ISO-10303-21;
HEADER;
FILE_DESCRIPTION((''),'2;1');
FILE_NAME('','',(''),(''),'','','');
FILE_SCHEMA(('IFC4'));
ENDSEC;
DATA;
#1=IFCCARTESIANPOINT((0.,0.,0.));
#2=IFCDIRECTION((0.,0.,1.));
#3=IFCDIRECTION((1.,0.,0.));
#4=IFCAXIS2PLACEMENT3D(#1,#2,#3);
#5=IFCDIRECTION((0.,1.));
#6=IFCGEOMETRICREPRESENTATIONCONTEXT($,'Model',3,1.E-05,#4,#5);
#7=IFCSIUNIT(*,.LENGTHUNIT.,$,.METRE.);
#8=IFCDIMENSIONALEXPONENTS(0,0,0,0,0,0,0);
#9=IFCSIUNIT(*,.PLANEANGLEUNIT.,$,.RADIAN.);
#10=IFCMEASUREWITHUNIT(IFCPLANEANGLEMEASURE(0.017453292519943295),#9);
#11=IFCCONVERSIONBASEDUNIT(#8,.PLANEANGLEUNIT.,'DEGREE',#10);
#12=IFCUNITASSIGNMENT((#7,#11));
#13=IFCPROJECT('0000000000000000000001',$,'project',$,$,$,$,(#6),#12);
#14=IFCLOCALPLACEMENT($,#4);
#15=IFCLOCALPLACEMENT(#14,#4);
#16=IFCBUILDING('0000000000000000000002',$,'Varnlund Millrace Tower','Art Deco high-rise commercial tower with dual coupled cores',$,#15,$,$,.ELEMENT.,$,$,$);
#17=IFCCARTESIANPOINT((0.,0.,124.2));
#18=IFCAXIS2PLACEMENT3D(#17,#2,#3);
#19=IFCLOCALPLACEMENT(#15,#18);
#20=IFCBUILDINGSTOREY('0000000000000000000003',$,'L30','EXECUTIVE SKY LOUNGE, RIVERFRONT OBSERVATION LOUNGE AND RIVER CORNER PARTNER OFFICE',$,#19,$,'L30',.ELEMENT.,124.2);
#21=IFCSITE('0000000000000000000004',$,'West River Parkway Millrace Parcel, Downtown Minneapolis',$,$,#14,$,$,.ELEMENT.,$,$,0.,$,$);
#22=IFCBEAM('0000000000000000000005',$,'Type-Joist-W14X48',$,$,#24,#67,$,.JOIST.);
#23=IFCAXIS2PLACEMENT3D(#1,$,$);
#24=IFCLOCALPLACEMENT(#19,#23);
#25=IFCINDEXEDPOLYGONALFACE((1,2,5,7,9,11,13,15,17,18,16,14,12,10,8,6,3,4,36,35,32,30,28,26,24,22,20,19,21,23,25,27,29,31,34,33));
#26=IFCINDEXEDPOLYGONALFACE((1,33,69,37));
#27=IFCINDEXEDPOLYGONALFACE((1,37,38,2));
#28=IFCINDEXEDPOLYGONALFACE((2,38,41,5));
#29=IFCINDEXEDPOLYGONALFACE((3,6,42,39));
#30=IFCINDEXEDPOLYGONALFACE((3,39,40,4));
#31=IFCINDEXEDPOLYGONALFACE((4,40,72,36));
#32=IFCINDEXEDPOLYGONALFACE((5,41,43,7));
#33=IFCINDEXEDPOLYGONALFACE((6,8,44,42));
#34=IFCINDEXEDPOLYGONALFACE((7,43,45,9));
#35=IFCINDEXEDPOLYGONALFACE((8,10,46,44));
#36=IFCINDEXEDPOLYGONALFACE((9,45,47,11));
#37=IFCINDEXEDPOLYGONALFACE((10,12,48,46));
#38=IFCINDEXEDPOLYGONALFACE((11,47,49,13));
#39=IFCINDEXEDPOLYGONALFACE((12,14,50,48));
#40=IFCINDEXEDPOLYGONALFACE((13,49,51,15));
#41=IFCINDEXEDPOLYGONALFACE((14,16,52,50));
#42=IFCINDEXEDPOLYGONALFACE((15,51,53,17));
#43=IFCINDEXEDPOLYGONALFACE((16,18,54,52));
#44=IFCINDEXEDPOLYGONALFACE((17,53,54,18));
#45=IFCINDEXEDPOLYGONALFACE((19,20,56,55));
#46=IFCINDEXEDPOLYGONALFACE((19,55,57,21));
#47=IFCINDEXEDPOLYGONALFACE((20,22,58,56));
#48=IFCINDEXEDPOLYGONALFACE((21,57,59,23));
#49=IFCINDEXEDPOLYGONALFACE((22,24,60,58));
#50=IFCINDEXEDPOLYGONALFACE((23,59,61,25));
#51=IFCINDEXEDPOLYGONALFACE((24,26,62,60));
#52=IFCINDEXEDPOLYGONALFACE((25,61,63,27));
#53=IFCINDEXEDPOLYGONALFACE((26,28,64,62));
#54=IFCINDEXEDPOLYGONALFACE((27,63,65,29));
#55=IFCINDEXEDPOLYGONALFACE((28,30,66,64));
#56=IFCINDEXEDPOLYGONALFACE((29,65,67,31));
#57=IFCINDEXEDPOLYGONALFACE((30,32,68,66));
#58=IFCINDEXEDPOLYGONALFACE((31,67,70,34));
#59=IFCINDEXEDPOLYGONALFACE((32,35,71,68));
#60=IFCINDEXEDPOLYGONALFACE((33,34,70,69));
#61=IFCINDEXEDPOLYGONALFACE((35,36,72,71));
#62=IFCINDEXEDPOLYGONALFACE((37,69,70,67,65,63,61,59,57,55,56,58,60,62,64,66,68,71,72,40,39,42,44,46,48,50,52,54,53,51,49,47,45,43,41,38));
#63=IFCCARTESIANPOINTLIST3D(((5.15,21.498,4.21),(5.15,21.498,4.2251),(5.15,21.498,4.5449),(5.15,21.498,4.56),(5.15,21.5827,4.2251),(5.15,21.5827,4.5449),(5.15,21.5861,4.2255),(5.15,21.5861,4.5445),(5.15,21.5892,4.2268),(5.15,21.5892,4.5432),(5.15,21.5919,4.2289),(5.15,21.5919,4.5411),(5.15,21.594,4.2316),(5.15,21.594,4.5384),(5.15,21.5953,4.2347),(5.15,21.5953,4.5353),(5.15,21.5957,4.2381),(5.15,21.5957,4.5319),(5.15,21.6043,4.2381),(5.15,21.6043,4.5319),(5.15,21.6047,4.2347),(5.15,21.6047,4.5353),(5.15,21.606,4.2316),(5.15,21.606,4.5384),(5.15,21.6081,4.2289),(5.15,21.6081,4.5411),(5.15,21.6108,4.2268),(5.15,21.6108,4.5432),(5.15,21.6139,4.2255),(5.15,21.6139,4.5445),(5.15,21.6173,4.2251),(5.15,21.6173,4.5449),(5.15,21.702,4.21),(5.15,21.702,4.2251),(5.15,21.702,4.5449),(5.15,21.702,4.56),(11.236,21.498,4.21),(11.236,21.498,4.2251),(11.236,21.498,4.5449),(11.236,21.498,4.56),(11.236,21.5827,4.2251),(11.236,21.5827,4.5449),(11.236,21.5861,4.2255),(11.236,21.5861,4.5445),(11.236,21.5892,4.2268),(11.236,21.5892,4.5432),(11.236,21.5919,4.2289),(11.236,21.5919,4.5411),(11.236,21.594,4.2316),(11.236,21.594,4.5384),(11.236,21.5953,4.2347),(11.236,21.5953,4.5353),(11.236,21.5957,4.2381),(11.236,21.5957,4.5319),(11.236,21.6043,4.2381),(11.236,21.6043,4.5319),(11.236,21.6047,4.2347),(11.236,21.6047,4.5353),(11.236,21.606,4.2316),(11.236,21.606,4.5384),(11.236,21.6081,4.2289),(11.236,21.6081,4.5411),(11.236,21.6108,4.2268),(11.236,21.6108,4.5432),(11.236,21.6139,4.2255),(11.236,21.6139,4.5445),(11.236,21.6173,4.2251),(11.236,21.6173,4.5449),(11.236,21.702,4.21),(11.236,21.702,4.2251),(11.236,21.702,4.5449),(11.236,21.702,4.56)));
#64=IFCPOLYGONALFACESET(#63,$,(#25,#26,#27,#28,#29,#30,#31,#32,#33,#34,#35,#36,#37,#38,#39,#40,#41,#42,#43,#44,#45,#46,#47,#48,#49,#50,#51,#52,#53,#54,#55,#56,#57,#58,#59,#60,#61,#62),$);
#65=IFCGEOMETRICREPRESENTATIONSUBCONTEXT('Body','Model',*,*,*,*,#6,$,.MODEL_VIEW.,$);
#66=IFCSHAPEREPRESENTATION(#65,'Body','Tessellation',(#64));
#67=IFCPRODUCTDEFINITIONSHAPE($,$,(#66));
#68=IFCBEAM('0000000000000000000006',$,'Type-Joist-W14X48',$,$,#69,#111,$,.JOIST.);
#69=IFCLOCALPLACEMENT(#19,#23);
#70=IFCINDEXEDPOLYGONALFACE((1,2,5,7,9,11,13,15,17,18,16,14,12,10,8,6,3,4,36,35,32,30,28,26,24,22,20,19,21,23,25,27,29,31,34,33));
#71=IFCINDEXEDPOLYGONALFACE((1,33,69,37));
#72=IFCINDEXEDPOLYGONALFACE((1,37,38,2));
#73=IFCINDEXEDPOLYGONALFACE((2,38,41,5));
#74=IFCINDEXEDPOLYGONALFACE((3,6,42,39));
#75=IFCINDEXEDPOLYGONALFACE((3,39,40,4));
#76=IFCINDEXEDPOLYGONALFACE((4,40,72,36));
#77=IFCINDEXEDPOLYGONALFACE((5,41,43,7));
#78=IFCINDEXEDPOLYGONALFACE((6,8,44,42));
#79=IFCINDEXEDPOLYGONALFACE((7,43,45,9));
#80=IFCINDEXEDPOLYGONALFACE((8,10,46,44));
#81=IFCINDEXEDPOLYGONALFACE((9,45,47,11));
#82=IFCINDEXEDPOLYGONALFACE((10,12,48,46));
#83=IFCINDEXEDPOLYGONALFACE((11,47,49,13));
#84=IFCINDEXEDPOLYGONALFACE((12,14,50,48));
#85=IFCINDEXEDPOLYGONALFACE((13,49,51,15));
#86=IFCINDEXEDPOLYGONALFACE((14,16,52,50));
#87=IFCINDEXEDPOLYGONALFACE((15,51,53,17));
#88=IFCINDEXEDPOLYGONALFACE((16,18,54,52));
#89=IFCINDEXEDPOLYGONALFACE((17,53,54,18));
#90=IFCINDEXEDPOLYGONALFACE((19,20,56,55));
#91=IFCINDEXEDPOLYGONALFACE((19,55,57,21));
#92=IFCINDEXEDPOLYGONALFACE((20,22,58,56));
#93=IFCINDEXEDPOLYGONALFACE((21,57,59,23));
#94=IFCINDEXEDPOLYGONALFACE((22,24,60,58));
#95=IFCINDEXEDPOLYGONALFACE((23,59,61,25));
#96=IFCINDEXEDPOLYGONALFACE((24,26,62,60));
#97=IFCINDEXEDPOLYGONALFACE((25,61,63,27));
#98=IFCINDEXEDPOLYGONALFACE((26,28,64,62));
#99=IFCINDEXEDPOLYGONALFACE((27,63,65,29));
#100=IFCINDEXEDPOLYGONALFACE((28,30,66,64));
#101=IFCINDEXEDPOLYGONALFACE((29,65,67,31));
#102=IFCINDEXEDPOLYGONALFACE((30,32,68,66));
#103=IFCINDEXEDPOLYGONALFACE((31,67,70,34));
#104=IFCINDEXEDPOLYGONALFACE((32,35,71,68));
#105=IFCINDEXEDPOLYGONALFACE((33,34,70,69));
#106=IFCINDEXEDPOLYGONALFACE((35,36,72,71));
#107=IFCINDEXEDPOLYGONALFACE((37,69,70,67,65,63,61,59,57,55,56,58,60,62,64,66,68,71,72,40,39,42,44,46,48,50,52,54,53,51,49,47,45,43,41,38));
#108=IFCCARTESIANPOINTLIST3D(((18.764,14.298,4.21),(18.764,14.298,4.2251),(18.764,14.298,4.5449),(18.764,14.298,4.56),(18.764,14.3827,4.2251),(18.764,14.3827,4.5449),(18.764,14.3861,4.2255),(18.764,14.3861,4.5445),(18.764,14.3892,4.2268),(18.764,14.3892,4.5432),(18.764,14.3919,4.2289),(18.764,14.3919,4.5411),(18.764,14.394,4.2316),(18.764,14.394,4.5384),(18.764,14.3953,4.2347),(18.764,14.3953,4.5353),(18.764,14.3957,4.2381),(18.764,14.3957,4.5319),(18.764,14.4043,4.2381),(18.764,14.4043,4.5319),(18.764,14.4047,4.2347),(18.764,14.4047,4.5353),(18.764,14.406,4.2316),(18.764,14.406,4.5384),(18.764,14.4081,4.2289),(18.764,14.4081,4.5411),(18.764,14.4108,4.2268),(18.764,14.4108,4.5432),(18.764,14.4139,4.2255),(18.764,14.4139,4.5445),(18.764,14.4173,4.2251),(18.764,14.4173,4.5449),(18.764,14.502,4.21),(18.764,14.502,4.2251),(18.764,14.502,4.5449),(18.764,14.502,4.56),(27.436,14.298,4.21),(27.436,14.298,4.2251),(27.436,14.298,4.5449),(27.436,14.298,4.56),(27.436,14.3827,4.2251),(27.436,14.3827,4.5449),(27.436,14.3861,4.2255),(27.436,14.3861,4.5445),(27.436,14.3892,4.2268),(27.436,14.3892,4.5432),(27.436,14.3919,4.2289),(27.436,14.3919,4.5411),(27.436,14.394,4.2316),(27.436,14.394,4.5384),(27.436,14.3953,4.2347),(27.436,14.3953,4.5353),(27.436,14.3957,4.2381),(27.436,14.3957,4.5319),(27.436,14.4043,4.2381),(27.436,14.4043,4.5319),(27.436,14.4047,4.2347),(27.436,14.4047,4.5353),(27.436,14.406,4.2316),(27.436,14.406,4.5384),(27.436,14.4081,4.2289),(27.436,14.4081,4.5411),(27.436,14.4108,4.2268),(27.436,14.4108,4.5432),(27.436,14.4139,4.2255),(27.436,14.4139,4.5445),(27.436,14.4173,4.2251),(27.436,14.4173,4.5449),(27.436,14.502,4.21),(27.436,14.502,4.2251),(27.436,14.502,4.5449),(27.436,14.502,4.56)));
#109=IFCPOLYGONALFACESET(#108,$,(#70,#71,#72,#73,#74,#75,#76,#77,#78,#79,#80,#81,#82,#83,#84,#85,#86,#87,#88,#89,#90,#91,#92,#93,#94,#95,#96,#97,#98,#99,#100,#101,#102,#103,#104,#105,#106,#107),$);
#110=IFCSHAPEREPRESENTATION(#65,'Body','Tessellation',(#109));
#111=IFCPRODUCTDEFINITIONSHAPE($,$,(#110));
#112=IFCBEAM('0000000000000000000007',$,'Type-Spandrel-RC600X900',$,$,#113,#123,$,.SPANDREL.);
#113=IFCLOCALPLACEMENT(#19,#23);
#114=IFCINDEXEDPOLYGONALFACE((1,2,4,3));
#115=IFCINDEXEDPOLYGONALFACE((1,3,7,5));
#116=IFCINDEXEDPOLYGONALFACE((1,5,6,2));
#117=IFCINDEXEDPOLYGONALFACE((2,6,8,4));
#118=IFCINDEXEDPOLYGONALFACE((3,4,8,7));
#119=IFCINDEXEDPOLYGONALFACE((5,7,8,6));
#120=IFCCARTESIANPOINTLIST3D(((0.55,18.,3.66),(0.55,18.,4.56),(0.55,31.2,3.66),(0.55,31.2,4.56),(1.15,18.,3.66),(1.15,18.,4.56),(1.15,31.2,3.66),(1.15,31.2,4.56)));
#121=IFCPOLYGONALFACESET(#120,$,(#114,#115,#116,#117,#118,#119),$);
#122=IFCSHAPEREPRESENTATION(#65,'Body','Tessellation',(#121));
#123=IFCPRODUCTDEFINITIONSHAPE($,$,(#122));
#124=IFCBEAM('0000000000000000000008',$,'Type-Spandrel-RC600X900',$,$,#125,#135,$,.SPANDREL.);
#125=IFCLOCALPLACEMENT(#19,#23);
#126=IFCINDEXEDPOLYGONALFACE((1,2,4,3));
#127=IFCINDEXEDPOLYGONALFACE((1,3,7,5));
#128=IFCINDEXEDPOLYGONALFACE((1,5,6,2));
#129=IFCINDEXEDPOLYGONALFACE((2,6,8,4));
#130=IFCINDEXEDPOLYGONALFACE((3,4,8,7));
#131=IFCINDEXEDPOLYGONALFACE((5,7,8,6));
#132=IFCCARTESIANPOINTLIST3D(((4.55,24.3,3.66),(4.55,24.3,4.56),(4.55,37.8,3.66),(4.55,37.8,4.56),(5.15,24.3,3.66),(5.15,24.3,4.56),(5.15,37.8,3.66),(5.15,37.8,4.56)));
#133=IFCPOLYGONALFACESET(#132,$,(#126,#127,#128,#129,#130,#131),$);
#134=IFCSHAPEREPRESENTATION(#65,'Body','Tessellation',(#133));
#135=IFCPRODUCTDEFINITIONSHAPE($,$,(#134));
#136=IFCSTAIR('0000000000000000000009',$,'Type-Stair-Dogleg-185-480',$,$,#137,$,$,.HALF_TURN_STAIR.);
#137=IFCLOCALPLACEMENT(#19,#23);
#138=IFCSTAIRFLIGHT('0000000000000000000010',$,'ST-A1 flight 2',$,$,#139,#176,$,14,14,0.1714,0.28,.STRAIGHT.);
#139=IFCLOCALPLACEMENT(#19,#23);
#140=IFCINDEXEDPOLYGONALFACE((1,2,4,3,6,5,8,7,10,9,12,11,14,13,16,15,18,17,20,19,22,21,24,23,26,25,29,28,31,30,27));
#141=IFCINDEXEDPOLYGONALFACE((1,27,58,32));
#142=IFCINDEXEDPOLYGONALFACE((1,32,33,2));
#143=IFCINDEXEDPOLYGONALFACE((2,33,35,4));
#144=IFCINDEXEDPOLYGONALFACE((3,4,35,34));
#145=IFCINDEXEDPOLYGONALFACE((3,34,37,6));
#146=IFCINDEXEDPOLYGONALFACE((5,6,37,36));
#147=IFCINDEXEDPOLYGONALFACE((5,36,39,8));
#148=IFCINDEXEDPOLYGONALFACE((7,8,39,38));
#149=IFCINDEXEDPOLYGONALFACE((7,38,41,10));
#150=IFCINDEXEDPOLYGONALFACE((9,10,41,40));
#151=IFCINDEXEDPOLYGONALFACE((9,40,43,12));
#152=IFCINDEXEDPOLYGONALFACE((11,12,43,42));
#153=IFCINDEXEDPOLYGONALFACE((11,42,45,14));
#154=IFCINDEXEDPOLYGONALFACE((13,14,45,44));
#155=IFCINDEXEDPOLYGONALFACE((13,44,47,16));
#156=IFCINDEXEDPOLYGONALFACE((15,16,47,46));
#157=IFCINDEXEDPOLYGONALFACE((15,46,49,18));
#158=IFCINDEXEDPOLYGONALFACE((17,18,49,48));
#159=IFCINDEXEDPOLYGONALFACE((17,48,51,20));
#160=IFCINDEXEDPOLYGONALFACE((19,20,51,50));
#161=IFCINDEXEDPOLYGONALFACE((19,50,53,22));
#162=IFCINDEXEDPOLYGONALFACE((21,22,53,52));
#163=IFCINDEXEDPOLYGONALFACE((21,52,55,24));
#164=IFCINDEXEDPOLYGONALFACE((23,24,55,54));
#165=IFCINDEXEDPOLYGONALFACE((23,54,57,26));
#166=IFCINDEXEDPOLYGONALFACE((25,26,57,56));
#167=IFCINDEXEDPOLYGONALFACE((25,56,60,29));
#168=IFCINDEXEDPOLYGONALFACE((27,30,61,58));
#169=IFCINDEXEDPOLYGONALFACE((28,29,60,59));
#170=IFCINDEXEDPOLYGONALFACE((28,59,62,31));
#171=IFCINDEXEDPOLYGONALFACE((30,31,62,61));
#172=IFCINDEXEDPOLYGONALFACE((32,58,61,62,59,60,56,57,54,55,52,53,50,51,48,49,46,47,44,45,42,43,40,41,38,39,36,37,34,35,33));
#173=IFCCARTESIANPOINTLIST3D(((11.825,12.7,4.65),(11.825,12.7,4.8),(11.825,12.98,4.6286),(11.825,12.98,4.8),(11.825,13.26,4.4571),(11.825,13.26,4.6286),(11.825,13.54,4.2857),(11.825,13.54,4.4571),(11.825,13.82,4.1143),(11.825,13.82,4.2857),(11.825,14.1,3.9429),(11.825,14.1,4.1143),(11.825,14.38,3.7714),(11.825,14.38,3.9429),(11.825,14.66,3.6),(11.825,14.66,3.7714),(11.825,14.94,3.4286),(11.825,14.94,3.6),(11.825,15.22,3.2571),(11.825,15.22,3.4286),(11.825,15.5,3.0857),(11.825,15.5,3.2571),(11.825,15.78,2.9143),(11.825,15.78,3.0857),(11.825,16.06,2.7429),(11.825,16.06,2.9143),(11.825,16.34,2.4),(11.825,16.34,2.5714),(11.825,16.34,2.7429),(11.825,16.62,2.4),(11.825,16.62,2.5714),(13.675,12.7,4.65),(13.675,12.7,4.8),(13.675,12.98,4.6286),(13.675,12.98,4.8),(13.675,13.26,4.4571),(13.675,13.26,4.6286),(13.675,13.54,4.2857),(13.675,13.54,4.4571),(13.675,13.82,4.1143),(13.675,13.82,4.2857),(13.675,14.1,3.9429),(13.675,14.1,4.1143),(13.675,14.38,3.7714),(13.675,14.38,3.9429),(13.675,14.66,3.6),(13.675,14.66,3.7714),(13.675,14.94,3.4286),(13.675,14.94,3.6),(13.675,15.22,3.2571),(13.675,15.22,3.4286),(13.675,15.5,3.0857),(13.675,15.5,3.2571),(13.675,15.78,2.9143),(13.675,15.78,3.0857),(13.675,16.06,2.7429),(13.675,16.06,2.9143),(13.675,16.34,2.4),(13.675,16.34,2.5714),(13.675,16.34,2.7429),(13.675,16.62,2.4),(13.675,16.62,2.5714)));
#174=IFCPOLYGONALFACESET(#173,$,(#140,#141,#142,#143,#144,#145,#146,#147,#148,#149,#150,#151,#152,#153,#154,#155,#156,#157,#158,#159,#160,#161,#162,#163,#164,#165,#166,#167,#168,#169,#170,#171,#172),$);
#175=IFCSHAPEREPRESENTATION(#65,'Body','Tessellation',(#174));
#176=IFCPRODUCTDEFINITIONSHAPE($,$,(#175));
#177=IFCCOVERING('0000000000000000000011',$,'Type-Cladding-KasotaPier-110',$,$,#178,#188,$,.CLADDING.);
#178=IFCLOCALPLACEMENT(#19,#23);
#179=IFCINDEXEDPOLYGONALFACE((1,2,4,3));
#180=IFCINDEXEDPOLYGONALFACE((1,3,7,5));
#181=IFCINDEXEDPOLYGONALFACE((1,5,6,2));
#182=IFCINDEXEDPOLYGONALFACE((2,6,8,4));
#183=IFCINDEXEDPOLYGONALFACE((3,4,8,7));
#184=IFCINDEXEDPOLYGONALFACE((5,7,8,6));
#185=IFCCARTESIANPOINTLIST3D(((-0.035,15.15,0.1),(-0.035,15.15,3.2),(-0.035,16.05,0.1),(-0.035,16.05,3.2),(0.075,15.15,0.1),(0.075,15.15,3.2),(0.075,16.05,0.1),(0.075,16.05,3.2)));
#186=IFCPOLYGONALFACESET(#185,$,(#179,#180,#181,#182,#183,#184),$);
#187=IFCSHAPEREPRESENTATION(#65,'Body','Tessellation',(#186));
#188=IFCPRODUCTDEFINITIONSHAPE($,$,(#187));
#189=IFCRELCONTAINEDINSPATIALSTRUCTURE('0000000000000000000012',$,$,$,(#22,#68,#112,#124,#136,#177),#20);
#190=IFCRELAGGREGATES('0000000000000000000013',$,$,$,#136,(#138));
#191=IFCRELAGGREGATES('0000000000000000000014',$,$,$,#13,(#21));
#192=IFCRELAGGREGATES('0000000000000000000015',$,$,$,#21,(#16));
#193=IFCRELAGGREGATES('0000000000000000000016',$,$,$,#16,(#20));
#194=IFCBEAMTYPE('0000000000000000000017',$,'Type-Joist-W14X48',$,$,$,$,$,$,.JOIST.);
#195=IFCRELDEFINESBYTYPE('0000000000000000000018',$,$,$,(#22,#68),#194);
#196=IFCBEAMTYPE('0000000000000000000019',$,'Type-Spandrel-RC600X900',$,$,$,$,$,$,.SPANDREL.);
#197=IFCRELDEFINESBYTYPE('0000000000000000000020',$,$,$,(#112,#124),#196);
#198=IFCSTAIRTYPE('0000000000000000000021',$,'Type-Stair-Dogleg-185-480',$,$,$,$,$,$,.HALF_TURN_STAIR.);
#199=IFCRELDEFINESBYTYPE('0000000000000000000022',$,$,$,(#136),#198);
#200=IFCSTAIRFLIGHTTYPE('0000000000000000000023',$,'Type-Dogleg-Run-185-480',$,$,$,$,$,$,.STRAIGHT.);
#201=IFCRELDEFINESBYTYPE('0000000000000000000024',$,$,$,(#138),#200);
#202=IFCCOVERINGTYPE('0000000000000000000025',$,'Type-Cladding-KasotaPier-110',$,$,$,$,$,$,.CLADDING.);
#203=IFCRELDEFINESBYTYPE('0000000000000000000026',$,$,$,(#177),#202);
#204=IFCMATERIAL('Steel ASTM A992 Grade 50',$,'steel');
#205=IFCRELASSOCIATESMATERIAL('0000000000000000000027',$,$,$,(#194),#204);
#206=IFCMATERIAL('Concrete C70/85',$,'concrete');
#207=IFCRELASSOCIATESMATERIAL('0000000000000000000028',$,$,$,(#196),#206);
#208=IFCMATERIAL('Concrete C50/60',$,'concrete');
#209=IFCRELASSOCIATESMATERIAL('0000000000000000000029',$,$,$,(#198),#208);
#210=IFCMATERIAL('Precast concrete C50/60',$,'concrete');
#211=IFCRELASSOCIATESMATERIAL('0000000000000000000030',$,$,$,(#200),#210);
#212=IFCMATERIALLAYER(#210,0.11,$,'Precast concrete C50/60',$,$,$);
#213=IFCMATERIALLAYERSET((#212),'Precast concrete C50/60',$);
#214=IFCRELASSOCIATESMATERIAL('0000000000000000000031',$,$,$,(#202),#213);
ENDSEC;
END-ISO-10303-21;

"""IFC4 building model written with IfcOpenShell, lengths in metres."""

from ifc_helpers import new_model, entity, si_unit, converted_unit, direction, frame, origin_with_axes, origin_2d_with_axis, place, context, subcontext, project, spatial, polyline, rectangle, i_section, outline, extrude, material, layer, layer_set, material_profile, profile_set, type_object, element, aggregate, save


model = new_model("IFC4")

# Units and contexts
model_context = context("Model", 3, precision=1e-05, world=origin_with_axes(), true_north=direction((0.0, 1.0)))
body_context = subcontext(model_context, "Body", "Model", "MODEL_VIEW")
ifc_project = project(units=[si_unit("LENGTHUNIT", "METRE"), converted_unit("PLANEANGLEUNIT", "DEGREE", entity("IfcPlaneAngleMeasure", 0.017453292519943295), si_unit("PLANEANGLEUNIT", "RADIAN"), dimensions=[0, 0, 0, 0, 0, 0, 0])], contexts=[model_context])

# Site, building, storey
site_placement = place(None, origin_with_axes())
site = spatial("IfcSite", under=ifc_project, at=site_placement, Name="West River Parkway Millrace Parcel, Downtown Minneapolis", CompositionType="ELEMENT", RefElevation=0.0)
building_placement = place(site_placement, origin_with_axes())
building = spatial("IfcBuilding", under=site, at=building_placement, Name="Varnlund Millrace Tower", Description="Art Deco high-rise commercial tower with dual coupled cores", CompositionType="ELEMENT")
storey_placement = place(building_placement, frame((0.0, 0.0, 124.2), z_axis=(0.0, 0.0, 1.0), x_axis=(1.0, 0.0, 0.0)))
storey = spatial("IfcBuildingStorey", under=building, at=storey_placement, Name="L30", Description="EXECUTIVE SKY LOUNGE, RIVERFRONT OBSERVATION LOUNGE AND RIVER CORNER PARTNER OFFICE", LongName="L30", CompositionType="ELEMENT", Elevation=124.2)

# Beams
ifc_material_1 = material(Name="Steel ASTM A992 Grade 50", Category="steel")
ifc_material_profile_1 = material_profile(ifc_material_1, i_section(OverallWidth=0.204, OverallDepth=0.35, WebThickness=0.0086, FlangeThickness=0.0151, FilletRadius=0.013, at=origin_2d_with_axis()), Name="Steel ASTM A992 Grade 50")
ifc_profile_set_1 = profile_set([ifc_material_profile_1], Name="Steel ASTM A992 Grade 50")
beam_type_1 = type_object("IfcBeamType", Name="Type-Joist-W14X48", PredefinedType="JOIST", material=ifc_profile_set_1)
for number, where, z_axis, x_axis, name in (
    (1, (5.15, 21.6, 4.385), (1.0, 0.0, 0.0), (0.0, 1.0, 0.0), "Type-Joist-W14X48"),
):
    element("IfcBeam", number, at=place(storey_placement, frame(where, z_axis=z_axis, x_axis=x_axis)), inside=storey, type_object=beam_type_1, Name=name, PredefinedType="JOIST", context=body_context, shape_type="SweptSolid", body=[
        extrude(i_section(OverallWidth=0.204, OverallDepth=0.35, WebThickness=0.0086, FlangeThickness=0.0151, FilletRadius=0.013, at=origin_2d_with_axis()), origin_with_axes(), (0.0, 0.0, 1.0), 6.086),
    ])
beam_1_placement = place(storey_placement, frame((18.764, 14.4, 4.385), z_axis=(1.0, 0.0, 0.0), x_axis=(0.0, 1.0, 0.0)))
element("IfcBeam", 2, at=beam_1_placement, inside=storey, type_object=beam_type_1, Name="Type-Joist-W14X48", PredefinedType="JOIST", context=body_context, shape_type="SweptSolid", body=[
    extrude(i_section(OverallWidth=0.204, OverallDepth=0.35, WebThickness=0.0086, FlangeThickness=0.0151, FilletRadius=0.013, at=origin_2d_with_axis()), origin_with_axes(), (0.0, 0.0, 1.0), 8.672),
])
ifc_material_2 = material(Name="Concrete C70/85", Category="concrete")
ifc_material_profile_2 = material_profile(ifc_material_2, rectangle(XDim=0.6, YDim=0.9, at=origin_2d_with_axis()), Name="Concrete C70/85")
ifc_profile_set_2 = profile_set([ifc_material_profile_2], Name="Concrete C70/85")
beam_type_2 = type_object("IfcBeamType", Name="Type-Spandrel-RC600X900", PredefinedType="SPANDREL", material=ifc_profile_set_2)
beam_2_placement = place(storey_placement, frame((0.85, 18.0, 4.11), z_axis=(0.0, 1.0, 0.0), x_axis=(-1.0, 0.0, 0.0)))
element("IfcBeam", 3, at=beam_2_placement, inside=storey, type_object=beam_type_2, Name="Type-Spandrel-RC600X900", PredefinedType="SPANDREL", context=body_context, shape_type="SweptSolid", body=[
    extrude(rectangle(XDim=0.6, YDim=0.9, at=origin_2d_with_axis()), origin_with_axes(), (0.0, 0.0, 1.0), 13.2),
])
beam_3_placement = place(storey_placement, frame((4.85, 24.3, 4.11), z_axis=(0.0, 1.0, 0.0), x_axis=(-1.0, 0.0, 0.0)))
element("IfcBeam", 4, at=beam_3_placement, inside=storey, type_object=beam_type_2, Name="Type-Spandrel-RC600X900", PredefinedType="SPANDREL", context=body_context, shape_type="SweptSolid", body=[
    extrude(rectangle(XDim=0.6, YDim=0.9, at=origin_2d_with_axis()), origin_with_axes(), (0.0, 0.0, 1.0), 13.5),
])

# Stair, stair flight
ifc_material_3 = material(Name="Concrete C50/60", Category="concrete")
stair_type = type_object("IfcStairType", Name="Type-Stair-Dogleg-185-480", PredefinedType="HALF_TURN_STAIR", material=ifc_material_3)
stair_placement = place(storey_placement, origin_with_axes())
stair = element("IfcStair", 5, at=stair_placement, inside=storey, type_object=stair_type, Name="Type-Stair-Dogleg-185-480", PredefinedType="HALF_TURN_STAIR")
ifc_material_4 = material(Name="Precast concrete C50/60", Category="concrete")
stair_flight_type = type_object("IfcStairFlightType", Name="Type-Dogleg-Run-185-480", PredefinedType="STRAIGHT", material=ifc_material_4)
stair_flight_placement = place(storey_placement, frame((13.675, 16.62, 2.4), z_axis=(-1.0, 0.0, 0.0), x_axis=(0.0, -1.0, 0.0)))
stair_flight = element("IfcStairFlight", 6, at=stair_flight_placement, type_object=stair_flight_type, Name="ST-A1 flight 2", NumberOfRisers=14, NumberOfTreads=14, PredefinedType="STRAIGHT", RiserHeight=0.1714, TreadLength=0.28, context=body_context, shape_type="SweptSolid", body=[
    extrude(outline(polyline([(0.0, 0.0), (0.0, 0.1714), (0.28, 0.1714), (0.28, 0.3429), (0.56, 0.3429), (0.56, 0.5143), (0.84, 0.5143), (0.84, 0.6857), (1.12, 0.6857), (1.12, 0.8571), (1.4, 0.8571), (1.4, 1.0286), (1.68, 1.0286), (1.68, 1.2), (1.96, 1.2), (1.96, 1.3714), (2.24, 1.3714), (2.24, 1.5429), (2.52, 1.5429), (2.52, 1.7143), (2.8, 1.7143), (2.8, 1.8857), (3.08, 1.8857), (3.08, 2.0571), (3.36, 2.0571), (3.36, 2.2286), (3.64, 2.2286), (3.64, 2.4), (3.92, 2.4), (3.92, 2.25), (0.28, 0.0), (0.0, 0.0)])), origin_with_axes(), (0.0, 0.0, 1.0), 1.85),
])
aggregate(stair, [stair_flight])

# Covering
ifc_layer = layer(ifc_material_4, 0.11, Name="Precast concrete C50/60")
ifc_layer_set = layer_set([ifc_layer], Name="Precast concrete C50/60")
covering_type = type_object("IfcCoveringType", Name="Type-Cladding-KasotaPier-110", PredefinedType="CLADDING", material=ifc_layer_set)
covering_placement = place(storey_placement, frame((0.02, 15.6, 0.1), z_axis=(0.0, 0.0, 1.0), x_axis=(1.0, 0.0, 0.0)))
element("IfcCovering", 7, at=covering_placement, inside=storey, type_object=covering_type, Name="Type-Cladding-KasotaPier-110", PredefinedType="CLADDING", context=body_context, shape_type="SweptSolid", body=[
    extrude(rectangle(XDim=0.11, YDim=0.9, at=origin_2d_with_axis()), origin_with_axes(), (0.0, 0.0, 1.0), 3.1),
])

save(model, "model.ifc")
